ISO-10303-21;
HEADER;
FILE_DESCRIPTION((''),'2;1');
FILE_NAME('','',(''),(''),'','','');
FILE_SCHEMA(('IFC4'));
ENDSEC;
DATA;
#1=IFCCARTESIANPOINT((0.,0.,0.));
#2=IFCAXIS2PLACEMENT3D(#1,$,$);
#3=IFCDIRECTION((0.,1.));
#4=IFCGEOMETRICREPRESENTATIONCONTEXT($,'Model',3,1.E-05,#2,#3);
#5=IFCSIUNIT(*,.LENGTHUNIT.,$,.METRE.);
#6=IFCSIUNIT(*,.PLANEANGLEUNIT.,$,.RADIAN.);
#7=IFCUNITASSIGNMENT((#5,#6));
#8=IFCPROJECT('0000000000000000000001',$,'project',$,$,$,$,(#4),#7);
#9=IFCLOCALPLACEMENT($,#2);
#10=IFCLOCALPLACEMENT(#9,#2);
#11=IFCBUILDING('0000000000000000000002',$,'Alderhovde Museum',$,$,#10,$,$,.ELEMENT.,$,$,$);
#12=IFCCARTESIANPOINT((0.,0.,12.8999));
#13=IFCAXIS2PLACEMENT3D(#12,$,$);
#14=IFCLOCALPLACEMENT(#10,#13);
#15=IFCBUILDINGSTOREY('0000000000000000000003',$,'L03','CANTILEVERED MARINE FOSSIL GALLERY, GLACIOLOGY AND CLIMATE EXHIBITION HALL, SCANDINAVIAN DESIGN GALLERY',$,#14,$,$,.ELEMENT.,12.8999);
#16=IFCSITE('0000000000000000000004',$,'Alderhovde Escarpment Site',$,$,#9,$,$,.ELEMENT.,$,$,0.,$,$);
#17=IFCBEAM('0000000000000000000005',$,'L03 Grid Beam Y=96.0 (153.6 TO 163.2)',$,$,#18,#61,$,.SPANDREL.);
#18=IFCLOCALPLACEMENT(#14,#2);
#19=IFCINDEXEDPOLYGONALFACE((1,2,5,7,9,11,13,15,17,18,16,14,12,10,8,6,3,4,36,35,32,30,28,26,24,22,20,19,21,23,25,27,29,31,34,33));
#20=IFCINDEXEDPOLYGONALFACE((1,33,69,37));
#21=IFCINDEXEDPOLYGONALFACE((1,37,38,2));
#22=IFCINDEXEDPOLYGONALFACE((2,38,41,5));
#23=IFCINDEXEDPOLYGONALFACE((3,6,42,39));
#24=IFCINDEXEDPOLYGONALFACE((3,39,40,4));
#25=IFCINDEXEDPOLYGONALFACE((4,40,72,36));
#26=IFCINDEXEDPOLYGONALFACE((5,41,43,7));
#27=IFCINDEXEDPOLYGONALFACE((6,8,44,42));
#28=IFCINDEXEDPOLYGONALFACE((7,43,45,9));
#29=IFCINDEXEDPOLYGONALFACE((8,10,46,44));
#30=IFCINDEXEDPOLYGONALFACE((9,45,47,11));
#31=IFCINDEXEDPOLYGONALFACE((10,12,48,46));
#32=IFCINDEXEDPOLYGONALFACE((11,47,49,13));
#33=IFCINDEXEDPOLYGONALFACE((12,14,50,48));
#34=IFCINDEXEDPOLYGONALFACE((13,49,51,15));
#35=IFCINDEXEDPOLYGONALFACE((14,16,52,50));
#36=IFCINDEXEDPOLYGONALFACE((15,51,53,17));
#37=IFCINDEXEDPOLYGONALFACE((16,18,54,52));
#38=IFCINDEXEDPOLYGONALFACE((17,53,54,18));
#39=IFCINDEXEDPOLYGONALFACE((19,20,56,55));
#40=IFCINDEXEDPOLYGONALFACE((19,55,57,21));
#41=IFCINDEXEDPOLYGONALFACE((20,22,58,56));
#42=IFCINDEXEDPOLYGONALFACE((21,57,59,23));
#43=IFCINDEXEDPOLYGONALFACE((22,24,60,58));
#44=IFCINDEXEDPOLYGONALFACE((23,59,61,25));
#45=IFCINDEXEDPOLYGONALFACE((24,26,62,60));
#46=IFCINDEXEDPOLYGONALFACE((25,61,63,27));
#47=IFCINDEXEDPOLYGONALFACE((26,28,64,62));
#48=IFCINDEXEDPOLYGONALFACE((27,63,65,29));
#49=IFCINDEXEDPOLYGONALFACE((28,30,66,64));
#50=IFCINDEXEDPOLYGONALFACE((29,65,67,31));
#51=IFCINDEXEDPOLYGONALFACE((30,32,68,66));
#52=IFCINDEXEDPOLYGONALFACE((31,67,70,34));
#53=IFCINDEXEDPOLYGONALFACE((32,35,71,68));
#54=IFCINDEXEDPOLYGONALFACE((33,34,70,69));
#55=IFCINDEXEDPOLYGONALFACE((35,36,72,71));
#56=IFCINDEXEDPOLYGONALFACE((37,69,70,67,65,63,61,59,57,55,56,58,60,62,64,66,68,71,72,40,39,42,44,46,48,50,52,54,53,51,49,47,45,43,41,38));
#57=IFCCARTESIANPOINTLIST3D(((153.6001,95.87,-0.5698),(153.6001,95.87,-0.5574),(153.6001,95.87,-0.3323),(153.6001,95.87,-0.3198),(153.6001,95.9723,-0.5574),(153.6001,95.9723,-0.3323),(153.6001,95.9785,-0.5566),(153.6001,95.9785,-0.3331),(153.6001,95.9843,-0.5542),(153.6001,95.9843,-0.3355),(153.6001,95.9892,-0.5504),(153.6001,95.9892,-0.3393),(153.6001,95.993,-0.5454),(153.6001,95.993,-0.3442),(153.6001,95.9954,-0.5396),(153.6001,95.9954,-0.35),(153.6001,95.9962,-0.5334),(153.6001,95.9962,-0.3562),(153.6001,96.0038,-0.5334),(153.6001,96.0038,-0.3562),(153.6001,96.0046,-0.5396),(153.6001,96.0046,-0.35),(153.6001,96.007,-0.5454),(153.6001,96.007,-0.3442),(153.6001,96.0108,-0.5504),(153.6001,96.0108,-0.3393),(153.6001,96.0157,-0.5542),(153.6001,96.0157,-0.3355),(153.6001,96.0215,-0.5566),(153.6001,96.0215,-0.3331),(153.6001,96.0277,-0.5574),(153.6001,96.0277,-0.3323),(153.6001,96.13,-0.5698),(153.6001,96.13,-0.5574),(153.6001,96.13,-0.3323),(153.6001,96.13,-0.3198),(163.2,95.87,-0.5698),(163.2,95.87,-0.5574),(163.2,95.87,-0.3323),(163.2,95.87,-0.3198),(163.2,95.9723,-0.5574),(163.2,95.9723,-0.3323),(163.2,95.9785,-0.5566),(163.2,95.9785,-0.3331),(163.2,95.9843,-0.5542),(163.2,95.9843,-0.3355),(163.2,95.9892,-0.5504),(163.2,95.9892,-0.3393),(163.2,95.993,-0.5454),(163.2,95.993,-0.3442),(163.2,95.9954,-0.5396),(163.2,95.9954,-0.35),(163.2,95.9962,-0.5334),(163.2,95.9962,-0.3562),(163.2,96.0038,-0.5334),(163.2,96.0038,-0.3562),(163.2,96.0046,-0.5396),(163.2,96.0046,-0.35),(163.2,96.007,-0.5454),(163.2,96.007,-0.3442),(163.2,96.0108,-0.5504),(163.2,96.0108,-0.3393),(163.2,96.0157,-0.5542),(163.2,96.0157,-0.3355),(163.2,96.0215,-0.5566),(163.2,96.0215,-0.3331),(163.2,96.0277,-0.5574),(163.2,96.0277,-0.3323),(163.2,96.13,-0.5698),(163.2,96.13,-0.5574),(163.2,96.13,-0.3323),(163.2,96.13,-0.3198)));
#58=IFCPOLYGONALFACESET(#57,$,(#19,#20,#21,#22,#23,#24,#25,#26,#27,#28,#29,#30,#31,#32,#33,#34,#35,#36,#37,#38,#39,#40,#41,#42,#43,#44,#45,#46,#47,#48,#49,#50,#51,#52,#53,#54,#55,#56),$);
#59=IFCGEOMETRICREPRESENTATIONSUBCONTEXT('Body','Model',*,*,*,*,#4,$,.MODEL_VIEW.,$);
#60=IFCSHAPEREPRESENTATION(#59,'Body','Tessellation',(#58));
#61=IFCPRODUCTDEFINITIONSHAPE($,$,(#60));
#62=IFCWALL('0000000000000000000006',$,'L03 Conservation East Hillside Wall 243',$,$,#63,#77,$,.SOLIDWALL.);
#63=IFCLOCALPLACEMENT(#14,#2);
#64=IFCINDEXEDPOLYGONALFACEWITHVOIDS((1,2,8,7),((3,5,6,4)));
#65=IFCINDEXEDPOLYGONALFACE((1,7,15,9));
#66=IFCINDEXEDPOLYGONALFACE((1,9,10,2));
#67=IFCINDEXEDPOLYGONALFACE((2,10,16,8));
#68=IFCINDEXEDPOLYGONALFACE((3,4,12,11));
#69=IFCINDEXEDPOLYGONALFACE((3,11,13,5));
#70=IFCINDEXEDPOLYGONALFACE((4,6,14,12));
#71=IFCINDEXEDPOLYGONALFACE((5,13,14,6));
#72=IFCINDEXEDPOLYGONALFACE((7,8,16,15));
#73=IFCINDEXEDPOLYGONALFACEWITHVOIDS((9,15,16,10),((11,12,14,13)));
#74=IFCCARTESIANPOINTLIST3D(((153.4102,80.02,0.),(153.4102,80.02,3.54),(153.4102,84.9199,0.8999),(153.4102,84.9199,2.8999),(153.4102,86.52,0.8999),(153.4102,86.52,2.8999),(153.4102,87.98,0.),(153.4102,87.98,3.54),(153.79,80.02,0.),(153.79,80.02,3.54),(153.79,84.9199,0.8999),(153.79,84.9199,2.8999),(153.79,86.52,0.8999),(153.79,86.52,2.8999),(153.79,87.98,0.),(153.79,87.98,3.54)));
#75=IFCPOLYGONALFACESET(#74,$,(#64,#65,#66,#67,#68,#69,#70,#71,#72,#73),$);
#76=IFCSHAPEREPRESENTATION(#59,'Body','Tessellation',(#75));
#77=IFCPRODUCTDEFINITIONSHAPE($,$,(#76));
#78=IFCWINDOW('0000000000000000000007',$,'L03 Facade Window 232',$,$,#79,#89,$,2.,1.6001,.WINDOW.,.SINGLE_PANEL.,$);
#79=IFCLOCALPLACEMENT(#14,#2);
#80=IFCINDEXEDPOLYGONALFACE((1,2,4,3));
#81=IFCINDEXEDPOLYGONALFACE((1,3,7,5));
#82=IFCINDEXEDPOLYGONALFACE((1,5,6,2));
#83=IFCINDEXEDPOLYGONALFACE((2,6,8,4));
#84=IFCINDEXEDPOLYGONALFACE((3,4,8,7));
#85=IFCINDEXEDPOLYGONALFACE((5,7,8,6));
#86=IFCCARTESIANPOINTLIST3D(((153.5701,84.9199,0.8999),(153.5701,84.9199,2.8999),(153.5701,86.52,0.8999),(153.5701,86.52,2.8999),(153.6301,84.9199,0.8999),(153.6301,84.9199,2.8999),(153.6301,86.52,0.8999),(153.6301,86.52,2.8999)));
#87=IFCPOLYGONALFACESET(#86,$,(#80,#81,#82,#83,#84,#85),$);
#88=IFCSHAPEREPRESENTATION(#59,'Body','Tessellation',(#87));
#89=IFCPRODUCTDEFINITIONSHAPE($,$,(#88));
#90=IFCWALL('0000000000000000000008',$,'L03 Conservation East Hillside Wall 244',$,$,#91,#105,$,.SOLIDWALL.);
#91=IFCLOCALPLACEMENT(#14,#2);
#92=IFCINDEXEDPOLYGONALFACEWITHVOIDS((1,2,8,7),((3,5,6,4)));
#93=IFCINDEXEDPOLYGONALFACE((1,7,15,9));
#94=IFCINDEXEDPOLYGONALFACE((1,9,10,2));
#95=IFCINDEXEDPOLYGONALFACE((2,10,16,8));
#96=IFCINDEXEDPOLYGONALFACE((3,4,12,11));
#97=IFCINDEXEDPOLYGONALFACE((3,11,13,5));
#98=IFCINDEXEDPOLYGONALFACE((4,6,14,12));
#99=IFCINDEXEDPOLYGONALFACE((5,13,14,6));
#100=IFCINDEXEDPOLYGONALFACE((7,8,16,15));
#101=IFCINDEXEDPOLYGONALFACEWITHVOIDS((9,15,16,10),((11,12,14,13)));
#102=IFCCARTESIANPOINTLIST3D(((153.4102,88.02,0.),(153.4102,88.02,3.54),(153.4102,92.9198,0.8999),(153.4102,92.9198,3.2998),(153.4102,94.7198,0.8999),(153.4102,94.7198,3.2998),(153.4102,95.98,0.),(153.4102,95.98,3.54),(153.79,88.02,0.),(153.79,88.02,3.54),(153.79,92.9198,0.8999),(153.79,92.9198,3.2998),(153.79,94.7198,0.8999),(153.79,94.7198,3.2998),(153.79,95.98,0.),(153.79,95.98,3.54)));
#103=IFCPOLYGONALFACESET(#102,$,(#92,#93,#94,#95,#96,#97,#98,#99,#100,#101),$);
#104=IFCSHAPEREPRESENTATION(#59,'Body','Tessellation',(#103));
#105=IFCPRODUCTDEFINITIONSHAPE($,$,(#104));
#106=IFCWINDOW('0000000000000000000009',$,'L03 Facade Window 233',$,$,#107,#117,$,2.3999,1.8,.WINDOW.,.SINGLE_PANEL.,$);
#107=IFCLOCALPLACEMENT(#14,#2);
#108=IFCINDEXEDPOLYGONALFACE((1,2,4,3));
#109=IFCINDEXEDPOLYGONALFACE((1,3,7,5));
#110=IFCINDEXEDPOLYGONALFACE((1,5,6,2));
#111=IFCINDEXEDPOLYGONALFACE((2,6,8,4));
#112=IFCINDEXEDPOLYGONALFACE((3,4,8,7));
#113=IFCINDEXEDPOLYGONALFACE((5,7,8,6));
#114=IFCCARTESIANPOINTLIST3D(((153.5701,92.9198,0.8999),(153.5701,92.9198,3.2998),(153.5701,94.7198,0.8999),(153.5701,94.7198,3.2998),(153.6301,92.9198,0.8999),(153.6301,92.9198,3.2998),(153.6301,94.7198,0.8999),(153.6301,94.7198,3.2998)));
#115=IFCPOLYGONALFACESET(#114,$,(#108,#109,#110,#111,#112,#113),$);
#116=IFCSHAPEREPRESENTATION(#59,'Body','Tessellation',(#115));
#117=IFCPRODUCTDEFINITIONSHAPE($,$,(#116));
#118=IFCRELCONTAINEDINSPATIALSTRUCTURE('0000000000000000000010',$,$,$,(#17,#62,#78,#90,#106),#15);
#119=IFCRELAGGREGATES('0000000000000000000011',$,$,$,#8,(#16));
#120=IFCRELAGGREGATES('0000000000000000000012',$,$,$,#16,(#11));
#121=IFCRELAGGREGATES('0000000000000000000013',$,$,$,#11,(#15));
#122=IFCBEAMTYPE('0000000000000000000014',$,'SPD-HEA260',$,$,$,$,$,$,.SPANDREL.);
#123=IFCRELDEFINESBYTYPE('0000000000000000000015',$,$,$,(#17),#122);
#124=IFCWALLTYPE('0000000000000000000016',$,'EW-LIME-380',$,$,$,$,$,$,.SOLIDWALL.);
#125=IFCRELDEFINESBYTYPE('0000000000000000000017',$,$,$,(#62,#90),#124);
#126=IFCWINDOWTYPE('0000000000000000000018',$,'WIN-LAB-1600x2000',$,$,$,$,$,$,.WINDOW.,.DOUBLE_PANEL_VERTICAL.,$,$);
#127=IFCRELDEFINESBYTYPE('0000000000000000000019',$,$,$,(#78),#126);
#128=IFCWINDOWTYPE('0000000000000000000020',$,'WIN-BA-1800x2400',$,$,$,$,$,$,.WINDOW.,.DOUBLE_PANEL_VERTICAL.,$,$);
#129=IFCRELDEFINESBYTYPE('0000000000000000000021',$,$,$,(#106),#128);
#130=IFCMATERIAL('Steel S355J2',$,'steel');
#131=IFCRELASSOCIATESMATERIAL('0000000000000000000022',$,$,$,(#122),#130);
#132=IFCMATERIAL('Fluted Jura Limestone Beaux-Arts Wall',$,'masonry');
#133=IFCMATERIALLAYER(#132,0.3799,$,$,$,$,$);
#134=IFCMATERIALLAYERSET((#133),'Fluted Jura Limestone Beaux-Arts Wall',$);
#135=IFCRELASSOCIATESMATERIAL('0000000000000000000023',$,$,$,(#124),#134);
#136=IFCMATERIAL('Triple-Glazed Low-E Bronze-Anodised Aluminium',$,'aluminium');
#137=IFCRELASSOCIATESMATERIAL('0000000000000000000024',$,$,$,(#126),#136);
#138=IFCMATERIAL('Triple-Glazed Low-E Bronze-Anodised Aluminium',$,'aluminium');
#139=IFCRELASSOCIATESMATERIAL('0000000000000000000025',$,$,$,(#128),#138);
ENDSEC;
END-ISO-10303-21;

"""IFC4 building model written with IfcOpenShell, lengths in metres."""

from ifc_helpers import new_model, si_unit, direction, frame, frame_2d, origin, origin_2d, place, context, subcontext, project, spatial, rectangle, i_section, extrude, material, layer, layer_set, material_profile, profile_set, type_object, element, fill, save


model = new_model("IFC4")

# Units and contexts
model_context = context("Model", 3, precision=1e-05, world=origin(), true_north=direction((0.0, 1.0)))
body_context = subcontext(model_context, "Body", "Model", "MODEL_VIEW")
ifc_project = project(units=[si_unit("LENGTHUNIT", "METRE"), si_unit("PLANEANGLEUNIT", "RADIAN")], contexts=[model_context])

# Site, building, storey
site_placement = place(None, origin())
site = spatial("IfcSite", under=ifc_project, at=site_placement, Name="Alderhovde Escarpment Site", CompositionType="ELEMENT", RefElevation=0.0)
building_placement = place(site_placement, origin())
building = spatial("IfcBuilding", under=site, at=building_placement, Name="Alderhovde Museum", CompositionType="ELEMENT")
storey_placement = place(building_placement, frame((0.0, 0.0, 12.8999)))
storey = spatial("IfcBuildingStorey", under=building, at=storey_placement, Name="L03", Description="CANTILEVERED MARINE FOSSIL GALLERY, GLACIOLOGY AND CLIMATE EXHIBITION HALL, SCANDINAVIAN DESIGN GALLERY", CompositionType="ELEMENT", Elevation=12.8999)

# Beam
ifc_material_1 = material(Name="Steel S355J2", Category="steel")
ifc_material_profile_1 = material_profile(ifc_material_1, i_section(OverallWidth=0.26, OverallDepth=0.25, WebThickness=0.0076, FlangeThickness=0.0125, FilletRadius=0.0239, at=origin_2d()), Name="HEA 260")
ifc_profile_set_1 = profile_set([ifc_material_profile_1], Name="Steel S355J2")
beam_type_1 = type_object("IfcBeamType", Name="SPD-HEA260", PredefinedType="SPANDREL", material=ifc_profile_set_1)
beam_placement = place(storey_placement, frame((153.6001, 96.0, -0.4448), z_axis=(1.0, 0.0, 0.0), x_axis=(0.0, 1.0, 0.0)))
element("IfcBeam", 1, at=beam_placement, inside=storey, type_object=beam_type_1, Name="L03 Grid Beam Y=96.0 (153.6 TO 163.2)", PredefinedType="SPANDREL", context=body_context, shape_type="SweptSolid", body=[
    extrude(i_section(OverallWidth=0.26, OverallDepth=0.25, WebThickness=0.0076, FlangeThickness=0.0125, FilletRadius=0.0239, at=origin_2d()), origin(), (0.0, 0.0, 1.0), 9.5999),
])

# Walls, openings, windows
ifc_material_2 = material(Name="Fluted Jura Limestone Beaux-Arts Wall", Category="masonry")
ifc_layer = layer(ifc_material_2, 0.3799)
ifc_layer_set = layer_set([ifc_layer], Name="Fluted Jura Limestone Beaux-Arts Wall")
wall_type = type_object("IfcWallType", Name="EW-LIME-380", PredefinedType="SOLIDWALL", material=ifc_layer_set)
wall_1_placement = place(storey_placement, frame((153.6001, 80.02, 0.0), z_axis=(0.0, 0.0, 1.0), x_axis=(0.0, 1.0, 0.0)))
wall_1 = element("IfcWall", 2, at=wall_1_placement, inside=storey, type_object=wall_type, Name="L03 Conservation East Hillside Wall 243", PredefinedType="SOLIDWALL", context=body_context, shape_type="SweptSolid", body=[
    extrude(rectangle(XDim=7.96, YDim=0.3799, at=frame_2d((3.98, 0.0))), origin(), (0.0, 0.0, 1.0), 3.54),
])
opening_1_placement = place(wall_1_placement, frame((4.8999, 0.0, 0.8999)))
opening_1 = element("IfcOpeningElement", 3, at=opening_1_placement, cuts=wall_1, PredefinedType="OPENING", context=body_context, shape_type="SweptSolid", body=[
    extrude(rectangle(XDim=1.6001, YDim=2.0, at=frame_2d((0.8, 1.0))), frame((0.0, 0.2, 0.0), z_axis=(0.0, -1.0, 0.0), x_axis=(1.0, 0.0, 0.0)), (0.0, 0.0, 1.0), 0.3999),
])
ifc_material_3 = material(Name="Triple-Glazed Low-E Bronze-Anodised Aluminium", Category="aluminium")
window_type_1 = type_object("IfcWindowType", Name="WIN-LAB-1600x2000", PartitioningType="DOUBLE_PANEL_VERTICAL", PredefinedType="WINDOW", material=ifc_material_3)
window_1_placement = place(opening_1_placement, origin())
window_1 = element("IfcWindow", 4, at=window_1_placement, inside=storey, type_object=window_type_1, Name="L03 Facade Window 232", OverallHeight=2.0, OverallWidth=1.6001, PartitioningType="SINGLE_PANEL", PredefinedType="WINDOW", context=body_context, shape_type="SweptSolid", body=[
    extrude(rectangle(XDim=1.6001, YDim=2.0, at=frame_2d((0.8, 1.0))), frame((0.0, 0.03, 0.0), z_axis=(0.0, -1.0, 0.0), x_axis=(1.0, 0.0, 0.0)), (0.0, 0.0, 1.0), 0.0601),
])
fill(opening_1, window_1)
wall_2_placement = place(storey_placement, frame((153.6001, 88.02, 0.0), z_axis=(0.0, 0.0, 1.0), x_axis=(0.0, 1.0, 0.0)))
wall_2 = element("IfcWall", 5, at=wall_2_placement, inside=storey, type_object=wall_type, Name="L03 Conservation East Hillside Wall 244", PredefinedType="SOLIDWALL", context=body_context, shape_type="SweptSolid", body=[
    extrude(rectangle(XDim=7.96, YDim=0.3799, at=frame_2d((3.98, 0.0))), origin(), (0.0, 0.0, 1.0), 3.54),
])
opening_2_placement = place(wall_2_placement, frame((4.8999, 0.0, 0.8999)))
opening_2 = element("IfcOpeningElement", 6, at=opening_2_placement, cuts=wall_2, PredefinedType="OPENING", context=body_context, shape_type="SweptSolid", body=[
    extrude(rectangle(XDim=1.8, YDim=2.3999, at=frame_2d((0.8999, 1.2))), frame((0.0, 0.2, 0.0), z_axis=(0.0, -1.0, 0.0), x_axis=(1.0, 0.0, 0.0)), (0.0, 0.0, 1.0), 0.3999),
])
ifc_material_4 = material(Name="Triple-Glazed Low-E Bronze-Anodised Aluminium", Category="aluminium")
window_type_2 = type_object("IfcWindowType", Name="WIN-BA-1800x2400", PartitioningType="DOUBLE_PANEL_VERTICAL", PredefinedType="WINDOW", material=ifc_material_4)
window_2_placement = place(opening_2_placement, origin())
window_2 = element("IfcWindow", 7, at=window_2_placement, inside=storey, type_object=window_type_2, Name="L03 Facade Window 233", OverallHeight=2.3999, OverallWidth=1.8, PartitioningType="SINGLE_PANEL", PredefinedType="WINDOW", context=body_context, shape_type="SweptSolid", body=[
    extrude(rectangle(XDim=1.8, YDim=2.3999, at=frame_2d((0.8999, 1.2))), frame((0.0, 0.03, 0.0), z_axis=(0.0, -1.0, 0.0), x_axis=(1.0, 0.0, 0.0)), (0.0, 0.0, 1.0), 0.0601),
])
fill(opening_2, window_2)

save(model, "model.ifc")
